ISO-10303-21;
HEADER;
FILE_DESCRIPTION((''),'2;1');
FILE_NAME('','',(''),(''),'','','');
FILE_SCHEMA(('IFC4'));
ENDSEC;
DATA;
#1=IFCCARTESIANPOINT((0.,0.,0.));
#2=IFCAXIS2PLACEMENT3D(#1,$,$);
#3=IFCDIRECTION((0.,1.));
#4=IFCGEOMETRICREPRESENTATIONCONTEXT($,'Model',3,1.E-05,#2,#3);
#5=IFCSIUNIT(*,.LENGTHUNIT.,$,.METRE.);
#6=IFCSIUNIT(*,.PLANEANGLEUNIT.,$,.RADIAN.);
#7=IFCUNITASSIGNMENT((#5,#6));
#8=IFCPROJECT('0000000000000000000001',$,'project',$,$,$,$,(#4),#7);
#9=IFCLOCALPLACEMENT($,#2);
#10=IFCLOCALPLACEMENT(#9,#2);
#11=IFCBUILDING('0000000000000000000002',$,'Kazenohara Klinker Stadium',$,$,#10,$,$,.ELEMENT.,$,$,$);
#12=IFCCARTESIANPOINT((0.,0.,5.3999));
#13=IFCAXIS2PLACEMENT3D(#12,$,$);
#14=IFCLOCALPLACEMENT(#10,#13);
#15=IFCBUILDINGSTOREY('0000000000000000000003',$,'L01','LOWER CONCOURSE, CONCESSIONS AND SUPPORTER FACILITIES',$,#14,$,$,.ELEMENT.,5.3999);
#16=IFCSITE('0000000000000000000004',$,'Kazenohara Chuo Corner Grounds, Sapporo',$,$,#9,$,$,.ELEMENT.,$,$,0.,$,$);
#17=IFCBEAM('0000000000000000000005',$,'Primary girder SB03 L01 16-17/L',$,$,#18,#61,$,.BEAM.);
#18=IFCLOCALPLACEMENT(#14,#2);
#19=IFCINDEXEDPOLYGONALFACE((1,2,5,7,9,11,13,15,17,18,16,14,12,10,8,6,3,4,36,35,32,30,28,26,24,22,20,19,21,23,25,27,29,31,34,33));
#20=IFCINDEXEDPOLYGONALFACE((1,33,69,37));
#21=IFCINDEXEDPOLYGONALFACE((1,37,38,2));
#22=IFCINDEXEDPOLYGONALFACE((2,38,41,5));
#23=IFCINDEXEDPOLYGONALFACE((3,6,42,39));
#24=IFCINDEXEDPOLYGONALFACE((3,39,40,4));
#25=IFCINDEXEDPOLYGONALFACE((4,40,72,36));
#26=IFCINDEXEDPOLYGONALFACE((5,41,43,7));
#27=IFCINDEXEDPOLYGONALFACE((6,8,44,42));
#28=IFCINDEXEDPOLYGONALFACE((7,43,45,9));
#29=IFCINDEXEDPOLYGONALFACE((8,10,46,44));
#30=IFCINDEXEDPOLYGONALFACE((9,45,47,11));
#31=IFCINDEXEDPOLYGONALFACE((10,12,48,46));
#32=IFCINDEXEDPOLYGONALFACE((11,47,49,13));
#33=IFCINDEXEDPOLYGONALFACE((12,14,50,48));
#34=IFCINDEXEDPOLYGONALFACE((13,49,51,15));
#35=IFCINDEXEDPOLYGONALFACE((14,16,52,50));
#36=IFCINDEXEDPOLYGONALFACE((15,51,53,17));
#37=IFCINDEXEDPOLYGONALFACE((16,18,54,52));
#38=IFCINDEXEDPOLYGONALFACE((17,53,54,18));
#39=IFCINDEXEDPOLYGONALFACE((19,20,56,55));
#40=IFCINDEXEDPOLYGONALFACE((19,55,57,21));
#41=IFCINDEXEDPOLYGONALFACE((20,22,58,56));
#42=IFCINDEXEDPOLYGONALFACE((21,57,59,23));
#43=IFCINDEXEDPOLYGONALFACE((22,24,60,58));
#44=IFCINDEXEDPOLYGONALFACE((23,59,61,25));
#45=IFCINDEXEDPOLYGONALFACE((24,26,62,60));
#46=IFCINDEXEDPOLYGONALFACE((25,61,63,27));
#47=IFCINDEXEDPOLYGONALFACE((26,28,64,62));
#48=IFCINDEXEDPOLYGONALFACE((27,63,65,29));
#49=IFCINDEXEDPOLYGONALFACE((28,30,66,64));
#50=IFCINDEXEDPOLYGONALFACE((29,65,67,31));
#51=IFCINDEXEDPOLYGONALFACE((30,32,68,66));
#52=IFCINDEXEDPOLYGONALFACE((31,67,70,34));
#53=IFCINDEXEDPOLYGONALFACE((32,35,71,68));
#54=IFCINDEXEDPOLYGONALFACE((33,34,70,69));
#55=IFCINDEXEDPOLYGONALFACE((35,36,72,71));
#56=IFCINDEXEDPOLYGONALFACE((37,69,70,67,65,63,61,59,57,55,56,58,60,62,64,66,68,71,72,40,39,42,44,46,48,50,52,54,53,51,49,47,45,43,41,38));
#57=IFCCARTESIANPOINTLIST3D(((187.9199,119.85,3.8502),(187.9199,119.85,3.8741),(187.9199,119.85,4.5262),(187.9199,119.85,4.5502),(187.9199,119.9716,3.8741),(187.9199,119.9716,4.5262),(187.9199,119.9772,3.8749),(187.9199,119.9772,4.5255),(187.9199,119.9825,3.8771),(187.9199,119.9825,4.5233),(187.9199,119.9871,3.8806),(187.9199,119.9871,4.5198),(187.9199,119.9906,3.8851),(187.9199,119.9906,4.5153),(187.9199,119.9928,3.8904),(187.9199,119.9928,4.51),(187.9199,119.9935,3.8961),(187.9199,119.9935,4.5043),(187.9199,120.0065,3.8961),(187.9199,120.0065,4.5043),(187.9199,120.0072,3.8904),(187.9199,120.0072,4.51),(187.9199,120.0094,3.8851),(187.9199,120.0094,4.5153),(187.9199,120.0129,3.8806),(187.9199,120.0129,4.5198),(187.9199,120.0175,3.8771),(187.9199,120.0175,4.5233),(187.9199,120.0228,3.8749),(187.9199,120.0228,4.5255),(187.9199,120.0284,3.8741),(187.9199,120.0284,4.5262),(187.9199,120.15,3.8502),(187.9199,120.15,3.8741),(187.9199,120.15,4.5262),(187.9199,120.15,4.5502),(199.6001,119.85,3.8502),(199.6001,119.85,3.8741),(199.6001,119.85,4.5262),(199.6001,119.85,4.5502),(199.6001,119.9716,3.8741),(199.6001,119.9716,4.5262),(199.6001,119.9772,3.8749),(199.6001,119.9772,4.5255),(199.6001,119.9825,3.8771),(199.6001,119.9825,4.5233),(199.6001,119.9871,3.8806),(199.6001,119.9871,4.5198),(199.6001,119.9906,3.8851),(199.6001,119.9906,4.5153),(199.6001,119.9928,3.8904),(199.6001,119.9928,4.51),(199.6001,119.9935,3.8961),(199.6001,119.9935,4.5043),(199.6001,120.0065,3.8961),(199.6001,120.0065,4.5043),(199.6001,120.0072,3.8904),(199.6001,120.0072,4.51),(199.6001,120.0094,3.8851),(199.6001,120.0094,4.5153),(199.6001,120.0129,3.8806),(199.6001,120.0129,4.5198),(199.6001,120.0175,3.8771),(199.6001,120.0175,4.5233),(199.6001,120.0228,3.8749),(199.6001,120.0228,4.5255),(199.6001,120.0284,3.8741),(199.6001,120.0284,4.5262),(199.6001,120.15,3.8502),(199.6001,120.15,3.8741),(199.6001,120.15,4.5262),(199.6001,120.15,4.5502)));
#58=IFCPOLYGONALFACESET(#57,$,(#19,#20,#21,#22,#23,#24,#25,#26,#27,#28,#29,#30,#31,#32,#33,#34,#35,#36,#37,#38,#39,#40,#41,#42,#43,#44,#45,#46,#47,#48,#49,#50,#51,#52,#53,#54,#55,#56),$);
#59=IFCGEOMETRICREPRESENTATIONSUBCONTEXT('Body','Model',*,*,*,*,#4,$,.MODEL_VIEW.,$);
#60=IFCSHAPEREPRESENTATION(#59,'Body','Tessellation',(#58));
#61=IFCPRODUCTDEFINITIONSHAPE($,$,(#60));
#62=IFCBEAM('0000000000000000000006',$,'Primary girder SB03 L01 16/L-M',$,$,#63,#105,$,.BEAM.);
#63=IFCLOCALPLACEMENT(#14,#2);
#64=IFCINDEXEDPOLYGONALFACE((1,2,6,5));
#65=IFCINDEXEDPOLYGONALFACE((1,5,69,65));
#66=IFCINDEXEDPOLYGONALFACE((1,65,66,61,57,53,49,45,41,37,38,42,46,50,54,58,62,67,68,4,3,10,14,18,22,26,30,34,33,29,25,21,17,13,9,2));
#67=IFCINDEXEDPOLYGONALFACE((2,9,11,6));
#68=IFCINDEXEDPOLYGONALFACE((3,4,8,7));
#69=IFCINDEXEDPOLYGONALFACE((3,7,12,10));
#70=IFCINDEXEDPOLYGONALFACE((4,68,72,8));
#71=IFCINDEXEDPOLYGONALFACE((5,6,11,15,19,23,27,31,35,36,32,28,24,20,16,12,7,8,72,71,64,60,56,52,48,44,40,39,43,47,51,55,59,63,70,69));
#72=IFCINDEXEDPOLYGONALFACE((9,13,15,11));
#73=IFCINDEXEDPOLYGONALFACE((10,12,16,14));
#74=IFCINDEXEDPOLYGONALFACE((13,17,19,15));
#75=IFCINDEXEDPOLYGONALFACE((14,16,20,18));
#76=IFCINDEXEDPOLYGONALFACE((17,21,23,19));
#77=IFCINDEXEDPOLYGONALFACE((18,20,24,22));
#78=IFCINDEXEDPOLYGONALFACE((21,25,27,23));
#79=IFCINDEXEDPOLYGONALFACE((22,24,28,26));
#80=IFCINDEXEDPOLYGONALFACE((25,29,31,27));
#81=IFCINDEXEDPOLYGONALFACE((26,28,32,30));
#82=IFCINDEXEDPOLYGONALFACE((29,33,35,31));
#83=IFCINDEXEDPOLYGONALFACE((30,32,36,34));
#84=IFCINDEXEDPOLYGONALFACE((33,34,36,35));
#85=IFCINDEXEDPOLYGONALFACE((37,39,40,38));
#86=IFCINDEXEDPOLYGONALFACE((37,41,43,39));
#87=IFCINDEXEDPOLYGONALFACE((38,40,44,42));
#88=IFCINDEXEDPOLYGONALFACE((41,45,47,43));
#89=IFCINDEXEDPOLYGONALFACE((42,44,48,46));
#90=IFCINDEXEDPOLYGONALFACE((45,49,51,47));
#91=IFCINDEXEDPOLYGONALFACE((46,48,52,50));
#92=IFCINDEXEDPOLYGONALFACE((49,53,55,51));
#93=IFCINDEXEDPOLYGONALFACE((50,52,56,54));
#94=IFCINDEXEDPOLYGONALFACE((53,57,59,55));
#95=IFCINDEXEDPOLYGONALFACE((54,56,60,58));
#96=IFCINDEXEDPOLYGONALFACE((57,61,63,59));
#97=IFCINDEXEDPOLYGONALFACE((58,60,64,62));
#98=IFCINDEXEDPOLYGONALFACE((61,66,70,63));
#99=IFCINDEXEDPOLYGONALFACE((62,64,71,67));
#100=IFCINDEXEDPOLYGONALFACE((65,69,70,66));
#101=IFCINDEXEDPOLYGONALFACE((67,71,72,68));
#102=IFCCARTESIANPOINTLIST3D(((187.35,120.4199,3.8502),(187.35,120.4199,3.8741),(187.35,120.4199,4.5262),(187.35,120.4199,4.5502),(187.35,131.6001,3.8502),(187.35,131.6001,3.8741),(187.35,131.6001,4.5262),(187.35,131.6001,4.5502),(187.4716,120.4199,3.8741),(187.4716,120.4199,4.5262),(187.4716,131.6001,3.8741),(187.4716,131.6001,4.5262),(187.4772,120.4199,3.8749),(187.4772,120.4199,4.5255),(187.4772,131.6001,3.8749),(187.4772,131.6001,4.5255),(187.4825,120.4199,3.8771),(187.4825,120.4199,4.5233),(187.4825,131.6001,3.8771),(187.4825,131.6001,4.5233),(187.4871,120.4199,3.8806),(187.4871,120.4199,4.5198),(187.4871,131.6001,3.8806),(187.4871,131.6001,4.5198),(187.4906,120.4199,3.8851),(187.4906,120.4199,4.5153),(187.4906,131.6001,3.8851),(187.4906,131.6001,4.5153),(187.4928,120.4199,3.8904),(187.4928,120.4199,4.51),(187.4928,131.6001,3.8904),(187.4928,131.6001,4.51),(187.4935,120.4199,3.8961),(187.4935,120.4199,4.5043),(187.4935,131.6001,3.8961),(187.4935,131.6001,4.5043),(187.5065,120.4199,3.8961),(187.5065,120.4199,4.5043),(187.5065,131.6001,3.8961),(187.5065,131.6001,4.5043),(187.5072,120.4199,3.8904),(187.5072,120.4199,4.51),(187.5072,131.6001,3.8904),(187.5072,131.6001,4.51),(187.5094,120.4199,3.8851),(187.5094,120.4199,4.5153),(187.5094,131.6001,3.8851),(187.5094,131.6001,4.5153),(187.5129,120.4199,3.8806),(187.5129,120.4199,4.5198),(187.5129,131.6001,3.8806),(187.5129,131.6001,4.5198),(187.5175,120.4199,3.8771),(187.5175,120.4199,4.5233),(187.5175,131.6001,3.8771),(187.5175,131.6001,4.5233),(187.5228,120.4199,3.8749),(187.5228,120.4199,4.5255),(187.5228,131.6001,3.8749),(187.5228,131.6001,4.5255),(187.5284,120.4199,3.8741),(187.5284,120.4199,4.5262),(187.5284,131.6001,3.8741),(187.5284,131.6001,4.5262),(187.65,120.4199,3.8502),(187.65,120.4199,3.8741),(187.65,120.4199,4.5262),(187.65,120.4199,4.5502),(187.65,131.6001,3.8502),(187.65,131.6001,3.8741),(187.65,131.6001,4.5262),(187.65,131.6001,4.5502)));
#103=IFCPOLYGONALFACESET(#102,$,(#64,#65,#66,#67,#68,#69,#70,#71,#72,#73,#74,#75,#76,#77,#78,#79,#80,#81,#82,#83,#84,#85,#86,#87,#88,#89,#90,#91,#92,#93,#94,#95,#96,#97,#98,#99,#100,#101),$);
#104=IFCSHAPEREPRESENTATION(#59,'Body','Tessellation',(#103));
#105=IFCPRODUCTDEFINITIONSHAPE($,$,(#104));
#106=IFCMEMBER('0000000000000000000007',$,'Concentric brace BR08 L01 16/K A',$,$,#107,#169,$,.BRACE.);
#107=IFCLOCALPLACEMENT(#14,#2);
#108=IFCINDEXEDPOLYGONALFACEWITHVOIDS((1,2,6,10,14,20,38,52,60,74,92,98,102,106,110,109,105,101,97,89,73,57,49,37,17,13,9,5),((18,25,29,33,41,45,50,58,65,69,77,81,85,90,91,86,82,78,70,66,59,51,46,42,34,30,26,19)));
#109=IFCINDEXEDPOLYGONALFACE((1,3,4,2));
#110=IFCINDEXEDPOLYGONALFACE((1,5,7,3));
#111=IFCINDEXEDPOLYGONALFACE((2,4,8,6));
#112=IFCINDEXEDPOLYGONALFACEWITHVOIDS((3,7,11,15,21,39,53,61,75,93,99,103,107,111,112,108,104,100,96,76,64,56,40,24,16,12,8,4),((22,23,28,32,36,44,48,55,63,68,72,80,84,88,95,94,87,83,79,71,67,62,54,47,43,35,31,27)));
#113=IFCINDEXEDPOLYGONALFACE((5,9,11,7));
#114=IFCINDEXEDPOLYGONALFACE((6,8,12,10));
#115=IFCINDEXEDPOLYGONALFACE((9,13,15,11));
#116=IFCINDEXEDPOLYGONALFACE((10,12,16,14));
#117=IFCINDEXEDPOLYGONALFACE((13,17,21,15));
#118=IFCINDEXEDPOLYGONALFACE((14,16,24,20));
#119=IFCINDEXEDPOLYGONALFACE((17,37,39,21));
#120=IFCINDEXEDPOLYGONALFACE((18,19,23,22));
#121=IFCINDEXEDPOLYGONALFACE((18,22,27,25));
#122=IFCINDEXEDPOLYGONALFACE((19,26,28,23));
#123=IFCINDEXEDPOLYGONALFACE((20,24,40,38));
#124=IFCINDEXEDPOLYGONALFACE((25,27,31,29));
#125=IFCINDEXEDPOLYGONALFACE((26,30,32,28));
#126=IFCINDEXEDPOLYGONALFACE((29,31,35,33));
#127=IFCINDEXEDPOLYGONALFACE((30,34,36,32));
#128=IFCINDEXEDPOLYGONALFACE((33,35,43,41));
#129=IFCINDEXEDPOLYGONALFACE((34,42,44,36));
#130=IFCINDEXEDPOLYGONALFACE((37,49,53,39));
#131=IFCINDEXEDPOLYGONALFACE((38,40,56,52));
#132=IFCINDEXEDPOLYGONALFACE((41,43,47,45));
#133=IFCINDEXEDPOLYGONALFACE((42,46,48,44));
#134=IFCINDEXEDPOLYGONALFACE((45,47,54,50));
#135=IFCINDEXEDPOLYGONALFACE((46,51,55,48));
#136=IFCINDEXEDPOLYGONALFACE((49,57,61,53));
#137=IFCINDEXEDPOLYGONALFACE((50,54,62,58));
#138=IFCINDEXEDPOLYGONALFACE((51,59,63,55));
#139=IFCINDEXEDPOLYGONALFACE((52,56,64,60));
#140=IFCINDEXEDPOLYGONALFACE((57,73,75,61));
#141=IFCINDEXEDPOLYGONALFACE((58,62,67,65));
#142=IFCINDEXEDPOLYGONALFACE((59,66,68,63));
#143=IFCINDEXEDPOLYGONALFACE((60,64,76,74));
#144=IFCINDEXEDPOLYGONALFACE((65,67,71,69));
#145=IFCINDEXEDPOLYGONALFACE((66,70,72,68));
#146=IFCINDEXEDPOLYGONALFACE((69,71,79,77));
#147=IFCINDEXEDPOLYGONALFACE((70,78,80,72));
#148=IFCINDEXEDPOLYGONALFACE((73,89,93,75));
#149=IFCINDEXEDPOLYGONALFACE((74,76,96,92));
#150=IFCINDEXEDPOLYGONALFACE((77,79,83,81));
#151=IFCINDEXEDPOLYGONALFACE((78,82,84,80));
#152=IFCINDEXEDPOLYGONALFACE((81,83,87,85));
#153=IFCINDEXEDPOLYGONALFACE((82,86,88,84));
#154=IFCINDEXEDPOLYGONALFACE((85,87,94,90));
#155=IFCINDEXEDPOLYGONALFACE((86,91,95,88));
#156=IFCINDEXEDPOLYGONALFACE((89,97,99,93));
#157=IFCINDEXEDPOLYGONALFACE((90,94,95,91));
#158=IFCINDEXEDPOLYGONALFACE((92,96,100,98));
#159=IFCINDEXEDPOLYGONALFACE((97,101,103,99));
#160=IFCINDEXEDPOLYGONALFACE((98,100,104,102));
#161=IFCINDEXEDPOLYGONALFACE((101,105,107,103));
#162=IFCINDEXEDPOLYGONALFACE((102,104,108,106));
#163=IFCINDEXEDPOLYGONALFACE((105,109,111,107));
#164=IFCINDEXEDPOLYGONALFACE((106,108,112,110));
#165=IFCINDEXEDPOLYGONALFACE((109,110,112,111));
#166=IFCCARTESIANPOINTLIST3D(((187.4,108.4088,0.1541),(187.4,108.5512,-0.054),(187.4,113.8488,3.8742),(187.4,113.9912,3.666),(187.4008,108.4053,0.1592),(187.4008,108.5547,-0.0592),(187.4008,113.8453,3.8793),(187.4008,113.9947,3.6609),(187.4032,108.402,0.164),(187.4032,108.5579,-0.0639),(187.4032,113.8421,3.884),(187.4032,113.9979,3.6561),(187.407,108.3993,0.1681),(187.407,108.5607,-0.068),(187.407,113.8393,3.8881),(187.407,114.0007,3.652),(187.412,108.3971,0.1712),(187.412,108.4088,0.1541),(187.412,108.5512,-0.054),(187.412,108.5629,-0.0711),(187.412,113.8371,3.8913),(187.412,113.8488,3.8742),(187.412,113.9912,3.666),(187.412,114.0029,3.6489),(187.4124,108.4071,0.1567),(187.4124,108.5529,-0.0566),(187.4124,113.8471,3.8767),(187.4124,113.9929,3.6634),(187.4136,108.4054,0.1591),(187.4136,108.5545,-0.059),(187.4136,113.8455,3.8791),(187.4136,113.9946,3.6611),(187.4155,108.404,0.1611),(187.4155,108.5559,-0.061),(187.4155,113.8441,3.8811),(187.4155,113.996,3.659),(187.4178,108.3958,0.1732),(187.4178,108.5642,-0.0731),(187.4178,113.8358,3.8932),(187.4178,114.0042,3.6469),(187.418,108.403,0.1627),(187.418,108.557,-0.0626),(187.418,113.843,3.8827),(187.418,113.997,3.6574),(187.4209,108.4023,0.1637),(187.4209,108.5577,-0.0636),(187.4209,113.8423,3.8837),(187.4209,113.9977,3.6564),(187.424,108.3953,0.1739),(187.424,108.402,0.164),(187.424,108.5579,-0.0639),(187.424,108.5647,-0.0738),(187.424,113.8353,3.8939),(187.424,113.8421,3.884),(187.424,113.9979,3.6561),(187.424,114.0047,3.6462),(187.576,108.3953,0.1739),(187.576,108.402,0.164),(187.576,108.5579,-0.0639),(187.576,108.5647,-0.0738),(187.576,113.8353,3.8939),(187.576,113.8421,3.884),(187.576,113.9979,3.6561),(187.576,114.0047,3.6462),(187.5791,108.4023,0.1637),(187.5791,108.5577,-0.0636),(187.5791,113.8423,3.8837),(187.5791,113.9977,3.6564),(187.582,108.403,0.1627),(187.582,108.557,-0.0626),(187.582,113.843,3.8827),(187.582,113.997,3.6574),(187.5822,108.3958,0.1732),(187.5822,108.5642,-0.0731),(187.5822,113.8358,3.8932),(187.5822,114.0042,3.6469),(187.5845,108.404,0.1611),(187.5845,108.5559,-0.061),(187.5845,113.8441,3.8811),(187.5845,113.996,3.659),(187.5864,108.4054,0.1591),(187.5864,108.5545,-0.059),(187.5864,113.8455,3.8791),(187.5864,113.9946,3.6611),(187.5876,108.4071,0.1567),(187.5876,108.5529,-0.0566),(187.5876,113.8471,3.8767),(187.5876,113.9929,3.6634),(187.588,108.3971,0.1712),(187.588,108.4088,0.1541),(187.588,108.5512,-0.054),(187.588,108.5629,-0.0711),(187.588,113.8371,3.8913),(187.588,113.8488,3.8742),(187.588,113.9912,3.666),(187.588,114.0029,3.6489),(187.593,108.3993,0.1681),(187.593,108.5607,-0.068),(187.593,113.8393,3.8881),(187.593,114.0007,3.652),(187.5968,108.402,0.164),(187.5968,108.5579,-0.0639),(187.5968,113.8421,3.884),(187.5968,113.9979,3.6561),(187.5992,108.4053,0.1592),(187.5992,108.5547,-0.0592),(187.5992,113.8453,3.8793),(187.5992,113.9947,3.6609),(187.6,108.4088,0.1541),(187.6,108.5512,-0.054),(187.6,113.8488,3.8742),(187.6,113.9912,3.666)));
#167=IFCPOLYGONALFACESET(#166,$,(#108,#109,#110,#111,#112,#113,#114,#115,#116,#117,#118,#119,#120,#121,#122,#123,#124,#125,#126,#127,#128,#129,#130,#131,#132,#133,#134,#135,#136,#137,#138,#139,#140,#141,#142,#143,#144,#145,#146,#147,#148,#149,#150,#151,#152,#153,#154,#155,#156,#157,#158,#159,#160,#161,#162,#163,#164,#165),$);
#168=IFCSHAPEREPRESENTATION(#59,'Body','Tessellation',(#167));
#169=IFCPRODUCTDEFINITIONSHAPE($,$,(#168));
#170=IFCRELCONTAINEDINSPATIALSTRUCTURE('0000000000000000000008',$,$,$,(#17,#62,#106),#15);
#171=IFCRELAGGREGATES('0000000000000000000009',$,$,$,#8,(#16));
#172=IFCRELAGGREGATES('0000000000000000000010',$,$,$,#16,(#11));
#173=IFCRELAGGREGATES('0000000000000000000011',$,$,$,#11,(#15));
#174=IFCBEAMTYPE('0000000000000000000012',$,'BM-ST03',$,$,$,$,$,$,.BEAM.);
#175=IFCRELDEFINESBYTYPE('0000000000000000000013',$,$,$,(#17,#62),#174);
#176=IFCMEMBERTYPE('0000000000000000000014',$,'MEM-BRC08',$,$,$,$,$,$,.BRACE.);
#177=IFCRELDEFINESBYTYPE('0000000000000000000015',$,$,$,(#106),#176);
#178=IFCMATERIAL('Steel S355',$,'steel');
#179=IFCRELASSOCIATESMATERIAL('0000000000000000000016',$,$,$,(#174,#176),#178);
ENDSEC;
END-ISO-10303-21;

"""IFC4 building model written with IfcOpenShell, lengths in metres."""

from ifc_helpers import new_model, si_unit, direction, frame, origin, origin_2d, place, context, subcontext, project, spatial, hollow_rectangle, i_section, extrude, material, material_profile, profile_set, type_object, element, save


model = new_model("IFC4")

# Units and contexts
model_context = context("Model", 3, precision=1e-05, world=origin(), true_north=direction((0.0, 1.0)))
body_context = subcontext(model_context, "Body", "Model", "MODEL_VIEW")
ifc_project = project(units=[si_unit("LENGTHUNIT", "METRE"), si_unit("PLANEANGLEUNIT", "RADIAN")], contexts=[model_context])

# Site, building, storey
site_placement = place(None, origin())
site = spatial("IfcSite", under=ifc_project, at=site_placement, Name="Kazenohara Chuo Corner Grounds, Sapporo", CompositionType="ELEMENT", RefElevation=0.0)
building_placement = place(site_placement, origin())
building = spatial("IfcBuilding", under=site, at=building_placement, Name="Kazenohara Klinker Stadium", CompositionType="ELEMENT")
storey_placement = place(building_placement, frame((0.0, 0.0, 5.3999)))
storey = spatial("IfcBuildingStorey", under=building, at=storey_placement, Name="L01", Description="LOWER CONCOURSE, CONCESSIONS AND SUPPORTER FACILITIES", CompositionType="ELEMENT", Elevation=5.3999)

# Beams
ifc_material_1 = material(Name="Steel S355", Category="steel")
ifc_material_profile_1 = material_profile(ifc_material_1, i_section(OverallWidth=0.3, OverallDepth=0.7, WebThickness=0.0129, FlangeThickness=0.0239, FilletRadius=0.022, at=origin_2d()), Name="H-700x300x13x24")
ifc_profile_set_1 = profile_set([ifc_material_profile_1], Name="Steel S355")
beam_type_1 = type_object("IfcBeamType", Name="BM-ST03", PredefinedType="BEAM", material=ifc_profile_set_1)
beam_1_placement = place(storey_placement, frame((187.9199, 120.0, 4.2002), z_axis=(1.0, 0.0, 0.0), x_axis=(0.0, 1.0, 0.0)))
element("IfcBeam", 1, at=beam_1_placement, inside=storey, type_object=beam_type_1, Name="Primary girder SB03 L01 16-17/L", PredefinedType="BEAM", context=body_context, shape_type="SweptSolid", body=[
    extrude(i_section(OverallWidth=0.3, OverallDepth=0.7, WebThickness=0.0129, FlangeThickness=0.0239, FilletRadius=0.022, at=origin_2d()), origin(), (0.0, 0.0, 1.0), 11.6802),
])
beam_2_placement = place(storey_placement, frame((187.5, 120.4199, 4.2002), z_axis=(0.0, 1.0, 0.0), x_axis=(-1.0, 0.0, 0.0)))
element("IfcBeam", 2, at=beam_2_placement, inside=storey, type_object=beam_type_1, Name="Primary girder SB03 L01 16/L-M", PredefinedType="BEAM", context=body_context, shape_type="SweptSolid", body=[
    extrude(i_section(OverallWidth=0.3, OverallDepth=0.7, WebThickness=0.0129, FlangeThickness=0.0239, FilletRadius=0.022, at=origin_2d()), origin(), (0.0, 0.0, 1.0), 11.1802),
])

# Member
ifc_material_profile_2 = material_profile(ifc_material_1, hollow_rectangle(XDim=0.2, YDim=0.3, WallThickness=0.012, InnerFilletRadius=0.012, OuterFilletRadius=0.0239, at=origin_2d()), Name="RHS-300x200x12")
ifc_profile_set_2 = profile_set([ifc_material_profile_2], Name="Steel S355")
member_type = type_object("IfcMemberType", Name="MEM-BRC08", PredefinedType="BRACE", material=ifc_profile_set_2)
member_1_placement = place(storey_placement, frame((187.5, 108.48, 0.05), z_axis=(0.0, 0.825455, 0.564467), x_axis=(-1.0, 0.0, 0.0)))
element("IfcMember", 3, at=member_1_placement, inside=storey, type_object=member_type, Name="Concentric brace BR08 L01 16/K A", PredefinedType="BRACE", context=body_context, shape_type="SweptSolid", body=[
    extrude(hollow_rectangle(XDim=0.2, YDim=0.3, WallThickness=0.012, InnerFilletRadius=0.012, OuterFilletRadius=0.0239, at=origin_2d()), origin(), (0.0, 0.0, 1.0), 6.5903),
])

save(model, "model.ifc")
